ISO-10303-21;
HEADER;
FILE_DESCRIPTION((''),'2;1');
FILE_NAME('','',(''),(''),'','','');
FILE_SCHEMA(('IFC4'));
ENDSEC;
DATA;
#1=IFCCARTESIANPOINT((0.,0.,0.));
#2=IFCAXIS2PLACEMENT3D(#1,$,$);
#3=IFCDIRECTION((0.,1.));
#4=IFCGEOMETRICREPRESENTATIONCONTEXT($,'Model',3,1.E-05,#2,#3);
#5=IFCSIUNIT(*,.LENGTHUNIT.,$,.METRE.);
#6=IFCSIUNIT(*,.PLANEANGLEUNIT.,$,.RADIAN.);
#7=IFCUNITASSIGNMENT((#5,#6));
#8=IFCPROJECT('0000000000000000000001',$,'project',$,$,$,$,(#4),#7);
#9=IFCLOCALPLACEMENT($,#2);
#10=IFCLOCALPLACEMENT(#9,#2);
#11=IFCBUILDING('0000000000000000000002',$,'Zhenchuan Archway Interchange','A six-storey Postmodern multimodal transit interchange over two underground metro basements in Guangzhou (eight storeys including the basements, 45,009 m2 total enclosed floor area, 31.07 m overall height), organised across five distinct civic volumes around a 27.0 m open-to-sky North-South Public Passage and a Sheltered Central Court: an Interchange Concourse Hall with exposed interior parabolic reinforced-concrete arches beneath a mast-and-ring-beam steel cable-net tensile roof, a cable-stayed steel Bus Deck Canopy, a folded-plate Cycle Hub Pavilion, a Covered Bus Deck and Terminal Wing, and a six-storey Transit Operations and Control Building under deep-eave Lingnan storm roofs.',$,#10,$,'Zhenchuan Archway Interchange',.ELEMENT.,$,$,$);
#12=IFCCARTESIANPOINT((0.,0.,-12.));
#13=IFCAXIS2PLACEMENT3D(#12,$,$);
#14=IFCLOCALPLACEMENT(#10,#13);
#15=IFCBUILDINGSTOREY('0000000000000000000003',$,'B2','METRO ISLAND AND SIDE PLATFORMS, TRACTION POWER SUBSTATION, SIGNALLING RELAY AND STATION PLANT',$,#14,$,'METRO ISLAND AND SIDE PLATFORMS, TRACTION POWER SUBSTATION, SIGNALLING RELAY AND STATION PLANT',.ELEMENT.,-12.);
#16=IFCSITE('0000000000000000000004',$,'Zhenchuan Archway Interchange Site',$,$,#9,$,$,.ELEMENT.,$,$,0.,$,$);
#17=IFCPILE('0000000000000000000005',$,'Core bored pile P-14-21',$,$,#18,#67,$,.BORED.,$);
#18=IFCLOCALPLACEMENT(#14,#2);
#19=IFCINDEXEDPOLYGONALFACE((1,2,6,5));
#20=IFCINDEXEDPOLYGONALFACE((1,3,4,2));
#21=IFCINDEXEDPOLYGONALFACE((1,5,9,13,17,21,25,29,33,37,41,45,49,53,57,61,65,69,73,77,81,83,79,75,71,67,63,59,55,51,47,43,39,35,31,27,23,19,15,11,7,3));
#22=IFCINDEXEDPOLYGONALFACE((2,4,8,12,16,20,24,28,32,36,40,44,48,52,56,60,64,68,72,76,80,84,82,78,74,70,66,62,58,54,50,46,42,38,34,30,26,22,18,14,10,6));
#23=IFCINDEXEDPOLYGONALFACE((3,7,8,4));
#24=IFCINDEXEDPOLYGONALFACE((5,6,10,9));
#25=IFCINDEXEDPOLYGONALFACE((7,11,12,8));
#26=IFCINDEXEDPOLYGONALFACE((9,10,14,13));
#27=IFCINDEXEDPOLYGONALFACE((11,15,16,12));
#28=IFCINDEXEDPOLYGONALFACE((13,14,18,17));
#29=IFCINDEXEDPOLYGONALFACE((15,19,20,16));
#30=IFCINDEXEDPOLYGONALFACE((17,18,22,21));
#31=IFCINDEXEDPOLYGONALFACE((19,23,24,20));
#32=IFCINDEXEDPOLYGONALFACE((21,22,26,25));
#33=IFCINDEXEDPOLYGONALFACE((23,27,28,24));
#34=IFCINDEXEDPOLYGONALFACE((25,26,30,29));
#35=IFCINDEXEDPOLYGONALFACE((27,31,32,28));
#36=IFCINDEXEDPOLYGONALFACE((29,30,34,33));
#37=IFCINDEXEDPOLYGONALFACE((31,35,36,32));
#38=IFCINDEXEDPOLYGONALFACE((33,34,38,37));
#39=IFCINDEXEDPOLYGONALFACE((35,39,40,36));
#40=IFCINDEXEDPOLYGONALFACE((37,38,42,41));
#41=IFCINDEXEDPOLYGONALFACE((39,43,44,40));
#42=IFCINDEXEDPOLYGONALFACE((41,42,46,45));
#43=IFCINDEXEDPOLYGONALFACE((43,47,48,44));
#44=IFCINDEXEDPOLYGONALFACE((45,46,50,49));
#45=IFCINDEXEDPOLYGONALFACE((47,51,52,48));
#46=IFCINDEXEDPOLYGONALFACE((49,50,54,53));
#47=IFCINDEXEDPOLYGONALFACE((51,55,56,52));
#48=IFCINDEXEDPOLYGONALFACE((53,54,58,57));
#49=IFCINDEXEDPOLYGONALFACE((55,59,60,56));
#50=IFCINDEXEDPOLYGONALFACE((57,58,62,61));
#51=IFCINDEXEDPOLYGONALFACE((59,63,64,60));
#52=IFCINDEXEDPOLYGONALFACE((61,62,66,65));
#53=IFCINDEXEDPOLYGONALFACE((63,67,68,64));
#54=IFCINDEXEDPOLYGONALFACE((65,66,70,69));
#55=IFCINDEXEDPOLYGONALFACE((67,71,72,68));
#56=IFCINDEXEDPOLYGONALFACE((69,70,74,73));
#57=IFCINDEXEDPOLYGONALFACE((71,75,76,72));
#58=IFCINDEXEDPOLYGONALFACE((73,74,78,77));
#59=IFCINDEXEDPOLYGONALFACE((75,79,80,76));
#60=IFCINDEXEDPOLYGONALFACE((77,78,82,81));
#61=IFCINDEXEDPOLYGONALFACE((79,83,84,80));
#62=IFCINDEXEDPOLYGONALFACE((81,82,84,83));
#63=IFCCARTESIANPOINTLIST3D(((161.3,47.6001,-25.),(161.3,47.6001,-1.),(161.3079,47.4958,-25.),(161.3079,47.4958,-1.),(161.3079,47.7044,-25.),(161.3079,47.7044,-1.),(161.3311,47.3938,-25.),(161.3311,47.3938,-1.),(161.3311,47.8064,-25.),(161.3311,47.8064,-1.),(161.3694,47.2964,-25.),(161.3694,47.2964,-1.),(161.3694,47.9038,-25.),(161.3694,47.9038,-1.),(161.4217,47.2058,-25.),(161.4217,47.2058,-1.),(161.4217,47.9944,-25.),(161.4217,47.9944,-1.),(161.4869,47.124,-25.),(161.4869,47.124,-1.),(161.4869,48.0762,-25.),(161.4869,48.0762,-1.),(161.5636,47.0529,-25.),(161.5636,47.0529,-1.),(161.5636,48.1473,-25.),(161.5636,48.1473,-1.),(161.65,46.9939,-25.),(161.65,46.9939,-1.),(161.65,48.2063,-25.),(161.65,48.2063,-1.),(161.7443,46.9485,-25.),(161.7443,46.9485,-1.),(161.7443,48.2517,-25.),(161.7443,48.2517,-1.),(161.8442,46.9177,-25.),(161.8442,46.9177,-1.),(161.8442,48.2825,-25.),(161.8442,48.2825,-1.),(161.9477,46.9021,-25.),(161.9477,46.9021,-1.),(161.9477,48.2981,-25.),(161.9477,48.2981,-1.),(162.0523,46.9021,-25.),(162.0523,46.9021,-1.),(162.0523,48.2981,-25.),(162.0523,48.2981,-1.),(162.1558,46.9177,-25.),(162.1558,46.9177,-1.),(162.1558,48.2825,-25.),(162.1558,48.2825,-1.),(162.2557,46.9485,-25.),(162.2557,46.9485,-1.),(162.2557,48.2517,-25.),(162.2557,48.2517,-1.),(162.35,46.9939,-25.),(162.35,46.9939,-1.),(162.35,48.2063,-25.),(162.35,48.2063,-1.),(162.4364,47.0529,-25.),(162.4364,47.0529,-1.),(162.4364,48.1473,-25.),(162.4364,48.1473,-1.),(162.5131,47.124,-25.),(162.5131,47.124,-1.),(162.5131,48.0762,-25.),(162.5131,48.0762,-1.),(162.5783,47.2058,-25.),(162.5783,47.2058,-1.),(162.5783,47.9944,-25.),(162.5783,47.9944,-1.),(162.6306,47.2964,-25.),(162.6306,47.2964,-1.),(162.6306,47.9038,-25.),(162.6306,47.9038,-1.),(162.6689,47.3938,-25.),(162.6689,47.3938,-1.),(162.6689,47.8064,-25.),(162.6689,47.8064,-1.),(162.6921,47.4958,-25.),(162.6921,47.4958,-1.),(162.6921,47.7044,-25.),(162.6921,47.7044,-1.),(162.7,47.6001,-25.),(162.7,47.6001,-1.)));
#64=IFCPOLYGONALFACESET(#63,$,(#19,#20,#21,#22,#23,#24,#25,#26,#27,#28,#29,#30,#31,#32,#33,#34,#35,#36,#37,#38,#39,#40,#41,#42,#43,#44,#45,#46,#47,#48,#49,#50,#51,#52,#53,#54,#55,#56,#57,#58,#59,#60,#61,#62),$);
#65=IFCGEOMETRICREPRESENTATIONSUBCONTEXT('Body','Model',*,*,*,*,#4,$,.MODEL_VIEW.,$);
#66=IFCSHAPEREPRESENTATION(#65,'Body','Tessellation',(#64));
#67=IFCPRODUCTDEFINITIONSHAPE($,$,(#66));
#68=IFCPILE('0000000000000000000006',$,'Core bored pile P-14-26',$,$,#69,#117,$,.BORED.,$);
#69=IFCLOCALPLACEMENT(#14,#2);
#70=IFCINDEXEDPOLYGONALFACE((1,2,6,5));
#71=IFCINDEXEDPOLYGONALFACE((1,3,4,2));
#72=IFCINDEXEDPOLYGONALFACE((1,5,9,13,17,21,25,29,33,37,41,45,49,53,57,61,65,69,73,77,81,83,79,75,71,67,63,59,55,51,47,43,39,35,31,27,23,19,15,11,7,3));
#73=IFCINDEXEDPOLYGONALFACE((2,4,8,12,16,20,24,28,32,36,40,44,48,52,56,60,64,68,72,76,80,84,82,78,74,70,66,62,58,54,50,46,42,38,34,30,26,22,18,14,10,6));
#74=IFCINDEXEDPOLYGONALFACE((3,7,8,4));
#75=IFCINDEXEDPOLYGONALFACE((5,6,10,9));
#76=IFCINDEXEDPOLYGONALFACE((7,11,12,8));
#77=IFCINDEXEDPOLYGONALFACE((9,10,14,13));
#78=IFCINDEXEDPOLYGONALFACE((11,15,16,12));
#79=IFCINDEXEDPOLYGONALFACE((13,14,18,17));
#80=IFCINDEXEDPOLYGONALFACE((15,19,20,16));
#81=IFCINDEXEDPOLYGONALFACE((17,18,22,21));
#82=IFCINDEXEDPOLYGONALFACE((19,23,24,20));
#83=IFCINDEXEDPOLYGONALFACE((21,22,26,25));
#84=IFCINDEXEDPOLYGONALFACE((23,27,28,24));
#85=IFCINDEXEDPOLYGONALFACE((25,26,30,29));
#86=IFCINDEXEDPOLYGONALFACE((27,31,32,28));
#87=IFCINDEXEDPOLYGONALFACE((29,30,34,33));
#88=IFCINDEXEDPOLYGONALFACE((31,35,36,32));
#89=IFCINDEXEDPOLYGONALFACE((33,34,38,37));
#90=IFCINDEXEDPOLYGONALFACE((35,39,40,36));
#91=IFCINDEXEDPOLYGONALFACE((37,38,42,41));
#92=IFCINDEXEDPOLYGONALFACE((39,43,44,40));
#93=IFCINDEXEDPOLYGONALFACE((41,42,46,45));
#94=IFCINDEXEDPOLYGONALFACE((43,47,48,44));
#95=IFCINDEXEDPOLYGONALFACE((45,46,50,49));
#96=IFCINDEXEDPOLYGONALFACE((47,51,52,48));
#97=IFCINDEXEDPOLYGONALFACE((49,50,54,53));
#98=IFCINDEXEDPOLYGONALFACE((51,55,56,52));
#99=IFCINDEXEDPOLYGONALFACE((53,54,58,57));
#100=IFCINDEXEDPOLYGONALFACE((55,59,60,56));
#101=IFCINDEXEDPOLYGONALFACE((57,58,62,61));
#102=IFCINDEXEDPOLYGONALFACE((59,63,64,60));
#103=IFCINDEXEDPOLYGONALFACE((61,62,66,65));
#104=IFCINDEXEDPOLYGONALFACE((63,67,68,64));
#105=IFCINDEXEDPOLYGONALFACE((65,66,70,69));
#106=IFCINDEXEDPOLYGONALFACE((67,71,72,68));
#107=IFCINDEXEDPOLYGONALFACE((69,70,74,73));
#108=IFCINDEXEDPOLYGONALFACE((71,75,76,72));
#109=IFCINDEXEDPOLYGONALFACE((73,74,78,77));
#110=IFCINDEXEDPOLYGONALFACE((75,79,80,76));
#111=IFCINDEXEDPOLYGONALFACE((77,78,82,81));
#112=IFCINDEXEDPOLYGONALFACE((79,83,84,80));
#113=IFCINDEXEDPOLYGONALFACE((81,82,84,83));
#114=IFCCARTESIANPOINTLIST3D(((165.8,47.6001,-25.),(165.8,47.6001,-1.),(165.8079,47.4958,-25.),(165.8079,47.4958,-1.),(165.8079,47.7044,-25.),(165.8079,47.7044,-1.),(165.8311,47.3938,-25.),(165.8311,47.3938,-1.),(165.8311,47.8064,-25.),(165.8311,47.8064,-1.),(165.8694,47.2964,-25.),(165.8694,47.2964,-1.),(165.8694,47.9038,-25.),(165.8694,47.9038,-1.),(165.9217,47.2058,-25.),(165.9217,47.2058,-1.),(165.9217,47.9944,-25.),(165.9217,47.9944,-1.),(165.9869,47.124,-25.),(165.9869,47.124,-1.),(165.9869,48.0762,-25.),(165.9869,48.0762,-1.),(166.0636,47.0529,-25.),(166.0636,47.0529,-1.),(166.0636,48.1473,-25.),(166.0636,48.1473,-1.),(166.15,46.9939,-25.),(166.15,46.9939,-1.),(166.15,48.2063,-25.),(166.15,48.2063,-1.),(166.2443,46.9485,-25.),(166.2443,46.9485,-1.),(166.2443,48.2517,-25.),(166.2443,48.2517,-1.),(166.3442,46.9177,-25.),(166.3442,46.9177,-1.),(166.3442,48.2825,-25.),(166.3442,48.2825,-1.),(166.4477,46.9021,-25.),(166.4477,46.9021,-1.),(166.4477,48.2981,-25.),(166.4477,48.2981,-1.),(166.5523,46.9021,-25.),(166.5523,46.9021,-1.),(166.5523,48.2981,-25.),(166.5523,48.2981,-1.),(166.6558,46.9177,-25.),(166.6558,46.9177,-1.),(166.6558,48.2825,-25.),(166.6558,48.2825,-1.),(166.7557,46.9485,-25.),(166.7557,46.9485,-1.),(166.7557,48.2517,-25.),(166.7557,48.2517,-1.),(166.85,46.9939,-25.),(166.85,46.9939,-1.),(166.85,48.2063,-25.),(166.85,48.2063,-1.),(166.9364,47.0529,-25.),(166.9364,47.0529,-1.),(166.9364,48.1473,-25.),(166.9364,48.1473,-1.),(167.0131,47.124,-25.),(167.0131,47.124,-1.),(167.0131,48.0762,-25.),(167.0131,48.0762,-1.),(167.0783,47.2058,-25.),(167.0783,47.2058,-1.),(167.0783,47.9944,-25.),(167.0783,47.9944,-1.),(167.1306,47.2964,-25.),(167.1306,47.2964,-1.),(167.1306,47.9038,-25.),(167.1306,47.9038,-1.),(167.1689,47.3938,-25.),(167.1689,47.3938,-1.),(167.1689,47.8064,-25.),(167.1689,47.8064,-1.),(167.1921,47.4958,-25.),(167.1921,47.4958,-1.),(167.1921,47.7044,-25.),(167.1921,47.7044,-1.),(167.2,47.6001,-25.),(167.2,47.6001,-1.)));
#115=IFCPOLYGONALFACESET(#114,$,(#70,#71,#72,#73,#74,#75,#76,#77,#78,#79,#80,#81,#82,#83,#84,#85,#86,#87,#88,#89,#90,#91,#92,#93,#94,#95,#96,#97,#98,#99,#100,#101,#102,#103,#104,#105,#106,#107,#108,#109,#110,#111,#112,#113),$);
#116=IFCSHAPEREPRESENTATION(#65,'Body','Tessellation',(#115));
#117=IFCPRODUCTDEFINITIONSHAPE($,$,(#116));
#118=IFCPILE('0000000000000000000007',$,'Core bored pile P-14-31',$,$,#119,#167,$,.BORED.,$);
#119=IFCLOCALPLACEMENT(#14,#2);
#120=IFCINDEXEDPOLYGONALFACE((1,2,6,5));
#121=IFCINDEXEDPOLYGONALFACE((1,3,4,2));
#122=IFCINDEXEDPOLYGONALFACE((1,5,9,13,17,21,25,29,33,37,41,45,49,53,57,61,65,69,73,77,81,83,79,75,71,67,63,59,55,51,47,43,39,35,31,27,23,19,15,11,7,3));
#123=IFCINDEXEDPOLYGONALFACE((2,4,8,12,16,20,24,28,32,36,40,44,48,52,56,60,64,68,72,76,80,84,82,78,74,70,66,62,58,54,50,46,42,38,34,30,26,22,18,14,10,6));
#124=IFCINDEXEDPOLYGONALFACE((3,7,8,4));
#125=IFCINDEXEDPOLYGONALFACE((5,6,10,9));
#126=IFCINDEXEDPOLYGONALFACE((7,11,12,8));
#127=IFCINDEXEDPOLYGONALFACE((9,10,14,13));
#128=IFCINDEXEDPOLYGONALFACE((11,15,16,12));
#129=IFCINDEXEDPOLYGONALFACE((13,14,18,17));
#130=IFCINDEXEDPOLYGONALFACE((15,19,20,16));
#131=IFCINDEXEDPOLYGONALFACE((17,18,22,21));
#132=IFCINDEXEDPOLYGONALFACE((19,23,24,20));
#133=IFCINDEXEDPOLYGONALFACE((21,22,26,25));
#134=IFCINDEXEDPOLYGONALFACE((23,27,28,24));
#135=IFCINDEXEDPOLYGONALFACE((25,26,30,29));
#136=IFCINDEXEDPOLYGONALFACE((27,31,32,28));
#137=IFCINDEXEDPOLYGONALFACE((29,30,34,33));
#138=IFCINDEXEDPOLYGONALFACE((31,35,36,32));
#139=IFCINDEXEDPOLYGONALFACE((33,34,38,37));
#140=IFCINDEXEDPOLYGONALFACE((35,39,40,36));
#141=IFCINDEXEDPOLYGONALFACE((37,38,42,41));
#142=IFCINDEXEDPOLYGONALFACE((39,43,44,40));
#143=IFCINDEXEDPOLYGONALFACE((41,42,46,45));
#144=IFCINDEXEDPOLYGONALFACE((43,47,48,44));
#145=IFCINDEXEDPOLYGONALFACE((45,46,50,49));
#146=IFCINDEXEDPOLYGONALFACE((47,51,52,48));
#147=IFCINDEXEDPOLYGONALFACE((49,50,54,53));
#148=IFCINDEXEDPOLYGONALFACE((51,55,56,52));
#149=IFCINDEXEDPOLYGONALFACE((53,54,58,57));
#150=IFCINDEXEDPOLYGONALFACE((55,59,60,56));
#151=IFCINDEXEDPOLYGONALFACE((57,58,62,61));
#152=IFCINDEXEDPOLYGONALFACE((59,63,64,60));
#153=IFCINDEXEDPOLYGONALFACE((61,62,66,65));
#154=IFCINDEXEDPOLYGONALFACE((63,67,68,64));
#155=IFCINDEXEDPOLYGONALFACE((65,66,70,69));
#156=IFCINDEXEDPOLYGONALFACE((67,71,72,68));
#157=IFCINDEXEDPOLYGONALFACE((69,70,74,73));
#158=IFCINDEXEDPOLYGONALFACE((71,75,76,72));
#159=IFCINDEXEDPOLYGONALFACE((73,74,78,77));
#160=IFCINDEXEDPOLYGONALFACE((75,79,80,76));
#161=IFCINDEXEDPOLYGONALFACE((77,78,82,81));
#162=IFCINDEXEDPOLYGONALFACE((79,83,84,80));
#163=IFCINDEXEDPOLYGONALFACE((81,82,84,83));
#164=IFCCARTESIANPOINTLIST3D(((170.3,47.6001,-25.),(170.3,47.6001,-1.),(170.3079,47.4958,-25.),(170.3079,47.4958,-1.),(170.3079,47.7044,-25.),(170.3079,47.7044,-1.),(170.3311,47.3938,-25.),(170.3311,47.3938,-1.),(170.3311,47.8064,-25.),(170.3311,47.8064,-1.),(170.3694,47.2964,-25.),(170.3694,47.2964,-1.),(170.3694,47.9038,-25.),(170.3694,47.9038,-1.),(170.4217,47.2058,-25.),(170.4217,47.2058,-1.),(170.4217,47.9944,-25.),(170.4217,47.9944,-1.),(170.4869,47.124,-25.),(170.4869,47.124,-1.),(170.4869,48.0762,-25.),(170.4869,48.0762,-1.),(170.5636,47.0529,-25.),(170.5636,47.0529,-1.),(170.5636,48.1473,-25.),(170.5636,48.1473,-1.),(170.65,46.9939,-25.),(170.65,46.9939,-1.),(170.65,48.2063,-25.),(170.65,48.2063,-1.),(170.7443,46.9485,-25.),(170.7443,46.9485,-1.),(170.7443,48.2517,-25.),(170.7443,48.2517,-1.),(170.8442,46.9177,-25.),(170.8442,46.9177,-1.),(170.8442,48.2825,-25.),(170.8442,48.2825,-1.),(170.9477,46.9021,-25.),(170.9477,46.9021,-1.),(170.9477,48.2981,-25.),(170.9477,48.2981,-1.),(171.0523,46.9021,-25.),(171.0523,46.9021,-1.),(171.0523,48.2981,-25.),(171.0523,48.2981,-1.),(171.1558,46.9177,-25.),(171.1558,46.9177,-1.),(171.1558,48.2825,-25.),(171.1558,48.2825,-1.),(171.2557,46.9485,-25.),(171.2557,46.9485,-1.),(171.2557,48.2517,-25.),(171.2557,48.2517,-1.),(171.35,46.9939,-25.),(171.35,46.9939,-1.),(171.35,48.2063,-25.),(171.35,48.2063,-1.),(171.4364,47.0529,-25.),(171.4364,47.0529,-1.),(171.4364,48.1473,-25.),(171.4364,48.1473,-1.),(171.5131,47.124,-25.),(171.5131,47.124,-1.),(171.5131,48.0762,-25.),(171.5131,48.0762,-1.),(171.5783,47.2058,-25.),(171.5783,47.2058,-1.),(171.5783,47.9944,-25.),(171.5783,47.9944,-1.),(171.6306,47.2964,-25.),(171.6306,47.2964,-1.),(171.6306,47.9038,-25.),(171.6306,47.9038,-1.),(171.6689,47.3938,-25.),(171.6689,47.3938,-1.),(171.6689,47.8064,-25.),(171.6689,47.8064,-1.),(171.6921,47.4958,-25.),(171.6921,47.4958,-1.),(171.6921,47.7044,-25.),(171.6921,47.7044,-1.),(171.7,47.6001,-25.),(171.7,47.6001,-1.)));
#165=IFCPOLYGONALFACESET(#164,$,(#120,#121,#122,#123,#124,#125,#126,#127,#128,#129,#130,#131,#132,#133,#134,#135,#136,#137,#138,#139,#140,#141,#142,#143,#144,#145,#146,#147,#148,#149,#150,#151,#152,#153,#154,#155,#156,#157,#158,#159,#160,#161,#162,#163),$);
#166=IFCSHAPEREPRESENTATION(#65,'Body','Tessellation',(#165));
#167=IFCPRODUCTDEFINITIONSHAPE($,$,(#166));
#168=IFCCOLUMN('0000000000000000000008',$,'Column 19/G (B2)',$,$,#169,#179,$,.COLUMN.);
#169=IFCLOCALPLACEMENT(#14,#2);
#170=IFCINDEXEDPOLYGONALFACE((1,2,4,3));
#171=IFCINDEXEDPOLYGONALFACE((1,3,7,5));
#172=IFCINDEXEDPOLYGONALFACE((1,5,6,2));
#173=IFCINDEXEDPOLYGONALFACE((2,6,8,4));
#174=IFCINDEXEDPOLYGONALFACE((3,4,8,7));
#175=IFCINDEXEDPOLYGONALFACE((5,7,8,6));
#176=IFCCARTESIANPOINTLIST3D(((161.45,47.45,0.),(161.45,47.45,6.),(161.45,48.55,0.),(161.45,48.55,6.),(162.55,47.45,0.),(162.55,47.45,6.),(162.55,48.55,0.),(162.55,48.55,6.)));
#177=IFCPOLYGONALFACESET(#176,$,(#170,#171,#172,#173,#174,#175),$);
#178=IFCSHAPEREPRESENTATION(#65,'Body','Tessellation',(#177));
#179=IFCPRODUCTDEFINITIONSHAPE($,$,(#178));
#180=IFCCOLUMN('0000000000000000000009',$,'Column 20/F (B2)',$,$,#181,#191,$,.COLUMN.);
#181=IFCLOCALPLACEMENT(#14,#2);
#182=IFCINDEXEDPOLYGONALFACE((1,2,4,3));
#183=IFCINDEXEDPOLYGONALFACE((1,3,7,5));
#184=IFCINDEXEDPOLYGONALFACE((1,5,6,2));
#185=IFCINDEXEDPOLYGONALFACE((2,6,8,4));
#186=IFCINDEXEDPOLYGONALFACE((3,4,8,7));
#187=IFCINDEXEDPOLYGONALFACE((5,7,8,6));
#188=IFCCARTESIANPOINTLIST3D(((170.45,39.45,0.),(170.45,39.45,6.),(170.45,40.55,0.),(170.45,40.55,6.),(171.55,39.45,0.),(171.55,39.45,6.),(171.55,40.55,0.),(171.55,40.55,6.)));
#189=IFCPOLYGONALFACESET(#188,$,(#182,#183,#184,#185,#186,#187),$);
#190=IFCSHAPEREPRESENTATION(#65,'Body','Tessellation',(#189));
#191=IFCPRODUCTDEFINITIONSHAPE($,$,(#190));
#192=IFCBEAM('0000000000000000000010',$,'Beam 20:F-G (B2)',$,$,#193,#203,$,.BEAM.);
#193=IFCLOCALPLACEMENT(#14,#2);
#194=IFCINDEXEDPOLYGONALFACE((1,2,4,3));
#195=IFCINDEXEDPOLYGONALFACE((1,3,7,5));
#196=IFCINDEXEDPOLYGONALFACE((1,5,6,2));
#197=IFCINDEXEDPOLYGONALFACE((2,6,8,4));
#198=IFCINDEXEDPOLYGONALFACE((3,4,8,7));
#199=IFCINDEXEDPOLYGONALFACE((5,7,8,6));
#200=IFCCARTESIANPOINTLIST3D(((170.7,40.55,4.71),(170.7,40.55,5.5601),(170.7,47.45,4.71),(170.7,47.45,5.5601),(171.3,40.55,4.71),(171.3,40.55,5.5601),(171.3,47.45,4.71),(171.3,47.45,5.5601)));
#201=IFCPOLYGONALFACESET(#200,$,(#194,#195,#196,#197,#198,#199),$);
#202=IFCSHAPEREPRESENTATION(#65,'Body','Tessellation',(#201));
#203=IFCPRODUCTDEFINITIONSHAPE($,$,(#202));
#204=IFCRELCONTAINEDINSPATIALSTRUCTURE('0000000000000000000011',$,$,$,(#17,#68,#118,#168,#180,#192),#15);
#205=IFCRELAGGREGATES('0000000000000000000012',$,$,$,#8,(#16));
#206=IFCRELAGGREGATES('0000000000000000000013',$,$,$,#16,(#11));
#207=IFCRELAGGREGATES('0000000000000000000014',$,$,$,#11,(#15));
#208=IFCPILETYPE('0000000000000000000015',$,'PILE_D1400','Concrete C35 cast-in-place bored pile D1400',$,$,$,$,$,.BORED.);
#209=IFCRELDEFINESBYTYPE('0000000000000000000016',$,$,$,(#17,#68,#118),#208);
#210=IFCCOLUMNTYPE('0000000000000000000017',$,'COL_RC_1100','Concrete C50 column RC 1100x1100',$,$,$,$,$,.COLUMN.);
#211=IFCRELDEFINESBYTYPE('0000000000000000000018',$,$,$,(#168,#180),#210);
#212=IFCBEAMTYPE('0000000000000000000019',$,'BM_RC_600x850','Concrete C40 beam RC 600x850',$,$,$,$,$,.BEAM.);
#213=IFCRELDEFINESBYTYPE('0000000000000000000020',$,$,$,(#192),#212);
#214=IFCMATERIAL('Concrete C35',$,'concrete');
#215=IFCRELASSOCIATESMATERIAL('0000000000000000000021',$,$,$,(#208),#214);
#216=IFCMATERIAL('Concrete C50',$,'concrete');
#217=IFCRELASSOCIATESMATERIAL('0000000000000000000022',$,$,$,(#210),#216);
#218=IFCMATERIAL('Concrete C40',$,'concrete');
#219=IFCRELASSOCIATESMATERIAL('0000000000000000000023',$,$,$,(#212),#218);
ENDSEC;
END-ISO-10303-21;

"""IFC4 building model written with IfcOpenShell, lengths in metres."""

from ifc_helpers import new_model, si_unit, direction, frame, origin, origin_2d, place, context, subcontext, project, spatial, rectangle, circle, extrude, material, material_profile, profile_set, type_object, element, save


model = new_model("IFC4")

# Units and contexts
model_context = context("Model", 3, precision=1e-05, world=origin(), true_north=direction((0.0, 1.0)))
body_context = subcontext(model_context, "Body", "Model", "MODEL_VIEW")
ifc_project = project(units=[si_unit("LENGTHUNIT", "METRE"), si_unit("PLANEANGLEUNIT", "RADIAN")], contexts=[model_context])

# Site, building, storey
site_placement = place(None, origin())
site = spatial("IfcSite", under=ifc_project, at=site_placement, Name="Zhenchuan Archway Interchange Site", CompositionType="ELEMENT", RefElevation=0.0)
building_placement = place(site_placement, origin())
building = spatial("IfcBuilding", under=site, at=building_placement, Name="Zhenchuan Archway Interchange", Description="A six-storey Postmodern multimodal transit interchange over two underground metro basements in Guangzhou (eight storeys including the basements, 45,009 m2 total enclosed floor area, 31.07 m overall height), organised across five distinct civic volumes around a 27.0 m open-to-sky North-South Public Passage and a Sheltered Central Court: an Interchange Concourse Hall with exposed interior parabolic reinforced-concrete arches beneath a mast-and-ring-beam steel cable-net tensile roof, a cable-stayed steel Bus Deck Canopy, a folded-plate Cycle Hub Pavilion, a Covered Bus Deck and Terminal Wing, and a six-storey Transit Operations and Control Building under deep-eave Lingnan storm roofs.", LongName="Zhenchuan Archway Interchange", CompositionType="ELEMENT")
storey_placement = place(building_placement, frame((0.0, 0.0, -12.0)))
storey = spatial("IfcBuildingStorey", under=building, at=storey_placement, Name="B2", Description="METRO ISLAND AND SIDE PLATFORMS, TRACTION POWER SUBSTATION, SIGNALLING RELAY AND STATION PLANT", LongName="METRO ISLAND AND SIDE PLATFORMS, TRACTION POWER SUBSTATION, SIGNALLING RELAY AND STATION PLANT", CompositionType="ELEMENT", Elevation=-12.0)

# Shared definitions
ifc_material_1 = material(Name="Concrete C40", Category="concrete")

# Piles
ifc_material_2 = material(Name="Concrete C35", Category="concrete")
ifc_material_profile_1 = material_profile(ifc_material_2, circle(Radius=0.7, at=origin_2d()), Name="BORED PILE 1400")
ifc_profile_set_1 = profile_set([ifc_material_profile_1], Name="Concrete C35")
pile_type_1 = type_object("IfcPileType", Name="PILE_D1400", Description="Concrete C35 cast-in-place bored pile D1400", PredefinedType="BORED", material=ifc_profile_set_1)
for number, where, z_axis, x_axis, name in (
    (1, (162.0, 47.6001, -1.0), (0.0, 0.0, -1.0), (1.0, 0.0, 0.0), "Core bored pile P-14-21"),
    (2, (166.5, 47.6001, -1.0), (0.0, 0.0, -1.0), (1.0, 0.0, 0.0), "Core bored pile P-14-26"),
    (3, (171.0, 47.6001, -1.0), (0.0, 0.0, -1.0), (1.0, 0.0, 0.0), "Core bored pile P-14-31"),
):
    element("IfcPile", number, at=place(storey_placement, frame(where, z_axis=z_axis, x_axis=x_axis)), inside=storey, type_object=pile_type_1, Name=name, PredefinedType="BORED", context=body_context, shape_type="SweptSolid", body=[
        extrude(circle(Radius=0.7, at=origin_2d()), origin(), (0.0, 0.0, 1.0), 24.0),
    ])

# Columns
ifc_material_3 = material(Name="Concrete C50", Category="concrete")
ifc_material_profile_2 = material_profile(ifc_material_3, rectangle(XDim=1.1001, YDim=1.1001, at=origin_2d()), Name="RC 1100x1100")
ifc_profile_set_2 = profile_set([ifc_material_profile_2], Name="Concrete C50")
column_type = type_object("IfcColumnType", Name="COL_RC_1100", Description="Concrete C50 column RC 1100x1100", PredefinedType="COLUMN", material=ifc_profile_set_2)
for number, where, z_axis, x_axis, name in (
    (4, (162.0, 48.0, 0.0), (0.0, 0.0, 1.0), (1.0, 0.0, 0.0), "Column 19/G (B2)"),
    (5, (171.0, 40.0, 0.0), (0.0, 0.0, 1.0), (1.0, 0.0, 0.0), "Column 20/F (B2)"),
):
    element("IfcColumn", number, at=place(storey_placement, frame(where, z_axis=z_axis, x_axis=x_axis)), inside=storey, type_object=column_type, Name=name, PredefinedType="COLUMN", context=body_context, shape_type="SweptSolid", body=[
        extrude(rectangle(XDim=1.1001, YDim=1.1001, at=origin_2d()), origin(), (0.0, 0.0, 1.0), 6.0),
    ])

# Beam
ifc_material_profile_3 = material_profile(ifc_material_1, rectangle(XDim=0.6001, YDim=0.8501, at=origin_2d()), Name="RC 600x850")
ifc_profile_set_3 = profile_set([ifc_material_profile_3], Name="Concrete C40")
beam_type_1 = type_object("IfcBeamType", Name="BM_RC_600x850", Description="Concrete C40 beam RC 600x850", PredefinedType="BEAM", material=ifc_profile_set_3)
beam_1_placement = place(storey_placement, frame((171.0, 40.55, 5.135), z_axis=(0.0, 1.0, 0.0), x_axis=(-1.0, 0.0, 0.0)))
element("IfcBeam", 6, at=beam_1_placement, inside=storey, type_object=beam_type_1, Name="Beam 20:F-G (B2)", PredefinedType="BEAM", context=body_context, shape_type="SweptSolid", body=[
    extrude(rectangle(XDim=0.6001, YDim=0.8501, at=origin_2d()), origin(), (0.0, 0.0, 1.0), 6.8999),
])

save(model, "model.ifc")
